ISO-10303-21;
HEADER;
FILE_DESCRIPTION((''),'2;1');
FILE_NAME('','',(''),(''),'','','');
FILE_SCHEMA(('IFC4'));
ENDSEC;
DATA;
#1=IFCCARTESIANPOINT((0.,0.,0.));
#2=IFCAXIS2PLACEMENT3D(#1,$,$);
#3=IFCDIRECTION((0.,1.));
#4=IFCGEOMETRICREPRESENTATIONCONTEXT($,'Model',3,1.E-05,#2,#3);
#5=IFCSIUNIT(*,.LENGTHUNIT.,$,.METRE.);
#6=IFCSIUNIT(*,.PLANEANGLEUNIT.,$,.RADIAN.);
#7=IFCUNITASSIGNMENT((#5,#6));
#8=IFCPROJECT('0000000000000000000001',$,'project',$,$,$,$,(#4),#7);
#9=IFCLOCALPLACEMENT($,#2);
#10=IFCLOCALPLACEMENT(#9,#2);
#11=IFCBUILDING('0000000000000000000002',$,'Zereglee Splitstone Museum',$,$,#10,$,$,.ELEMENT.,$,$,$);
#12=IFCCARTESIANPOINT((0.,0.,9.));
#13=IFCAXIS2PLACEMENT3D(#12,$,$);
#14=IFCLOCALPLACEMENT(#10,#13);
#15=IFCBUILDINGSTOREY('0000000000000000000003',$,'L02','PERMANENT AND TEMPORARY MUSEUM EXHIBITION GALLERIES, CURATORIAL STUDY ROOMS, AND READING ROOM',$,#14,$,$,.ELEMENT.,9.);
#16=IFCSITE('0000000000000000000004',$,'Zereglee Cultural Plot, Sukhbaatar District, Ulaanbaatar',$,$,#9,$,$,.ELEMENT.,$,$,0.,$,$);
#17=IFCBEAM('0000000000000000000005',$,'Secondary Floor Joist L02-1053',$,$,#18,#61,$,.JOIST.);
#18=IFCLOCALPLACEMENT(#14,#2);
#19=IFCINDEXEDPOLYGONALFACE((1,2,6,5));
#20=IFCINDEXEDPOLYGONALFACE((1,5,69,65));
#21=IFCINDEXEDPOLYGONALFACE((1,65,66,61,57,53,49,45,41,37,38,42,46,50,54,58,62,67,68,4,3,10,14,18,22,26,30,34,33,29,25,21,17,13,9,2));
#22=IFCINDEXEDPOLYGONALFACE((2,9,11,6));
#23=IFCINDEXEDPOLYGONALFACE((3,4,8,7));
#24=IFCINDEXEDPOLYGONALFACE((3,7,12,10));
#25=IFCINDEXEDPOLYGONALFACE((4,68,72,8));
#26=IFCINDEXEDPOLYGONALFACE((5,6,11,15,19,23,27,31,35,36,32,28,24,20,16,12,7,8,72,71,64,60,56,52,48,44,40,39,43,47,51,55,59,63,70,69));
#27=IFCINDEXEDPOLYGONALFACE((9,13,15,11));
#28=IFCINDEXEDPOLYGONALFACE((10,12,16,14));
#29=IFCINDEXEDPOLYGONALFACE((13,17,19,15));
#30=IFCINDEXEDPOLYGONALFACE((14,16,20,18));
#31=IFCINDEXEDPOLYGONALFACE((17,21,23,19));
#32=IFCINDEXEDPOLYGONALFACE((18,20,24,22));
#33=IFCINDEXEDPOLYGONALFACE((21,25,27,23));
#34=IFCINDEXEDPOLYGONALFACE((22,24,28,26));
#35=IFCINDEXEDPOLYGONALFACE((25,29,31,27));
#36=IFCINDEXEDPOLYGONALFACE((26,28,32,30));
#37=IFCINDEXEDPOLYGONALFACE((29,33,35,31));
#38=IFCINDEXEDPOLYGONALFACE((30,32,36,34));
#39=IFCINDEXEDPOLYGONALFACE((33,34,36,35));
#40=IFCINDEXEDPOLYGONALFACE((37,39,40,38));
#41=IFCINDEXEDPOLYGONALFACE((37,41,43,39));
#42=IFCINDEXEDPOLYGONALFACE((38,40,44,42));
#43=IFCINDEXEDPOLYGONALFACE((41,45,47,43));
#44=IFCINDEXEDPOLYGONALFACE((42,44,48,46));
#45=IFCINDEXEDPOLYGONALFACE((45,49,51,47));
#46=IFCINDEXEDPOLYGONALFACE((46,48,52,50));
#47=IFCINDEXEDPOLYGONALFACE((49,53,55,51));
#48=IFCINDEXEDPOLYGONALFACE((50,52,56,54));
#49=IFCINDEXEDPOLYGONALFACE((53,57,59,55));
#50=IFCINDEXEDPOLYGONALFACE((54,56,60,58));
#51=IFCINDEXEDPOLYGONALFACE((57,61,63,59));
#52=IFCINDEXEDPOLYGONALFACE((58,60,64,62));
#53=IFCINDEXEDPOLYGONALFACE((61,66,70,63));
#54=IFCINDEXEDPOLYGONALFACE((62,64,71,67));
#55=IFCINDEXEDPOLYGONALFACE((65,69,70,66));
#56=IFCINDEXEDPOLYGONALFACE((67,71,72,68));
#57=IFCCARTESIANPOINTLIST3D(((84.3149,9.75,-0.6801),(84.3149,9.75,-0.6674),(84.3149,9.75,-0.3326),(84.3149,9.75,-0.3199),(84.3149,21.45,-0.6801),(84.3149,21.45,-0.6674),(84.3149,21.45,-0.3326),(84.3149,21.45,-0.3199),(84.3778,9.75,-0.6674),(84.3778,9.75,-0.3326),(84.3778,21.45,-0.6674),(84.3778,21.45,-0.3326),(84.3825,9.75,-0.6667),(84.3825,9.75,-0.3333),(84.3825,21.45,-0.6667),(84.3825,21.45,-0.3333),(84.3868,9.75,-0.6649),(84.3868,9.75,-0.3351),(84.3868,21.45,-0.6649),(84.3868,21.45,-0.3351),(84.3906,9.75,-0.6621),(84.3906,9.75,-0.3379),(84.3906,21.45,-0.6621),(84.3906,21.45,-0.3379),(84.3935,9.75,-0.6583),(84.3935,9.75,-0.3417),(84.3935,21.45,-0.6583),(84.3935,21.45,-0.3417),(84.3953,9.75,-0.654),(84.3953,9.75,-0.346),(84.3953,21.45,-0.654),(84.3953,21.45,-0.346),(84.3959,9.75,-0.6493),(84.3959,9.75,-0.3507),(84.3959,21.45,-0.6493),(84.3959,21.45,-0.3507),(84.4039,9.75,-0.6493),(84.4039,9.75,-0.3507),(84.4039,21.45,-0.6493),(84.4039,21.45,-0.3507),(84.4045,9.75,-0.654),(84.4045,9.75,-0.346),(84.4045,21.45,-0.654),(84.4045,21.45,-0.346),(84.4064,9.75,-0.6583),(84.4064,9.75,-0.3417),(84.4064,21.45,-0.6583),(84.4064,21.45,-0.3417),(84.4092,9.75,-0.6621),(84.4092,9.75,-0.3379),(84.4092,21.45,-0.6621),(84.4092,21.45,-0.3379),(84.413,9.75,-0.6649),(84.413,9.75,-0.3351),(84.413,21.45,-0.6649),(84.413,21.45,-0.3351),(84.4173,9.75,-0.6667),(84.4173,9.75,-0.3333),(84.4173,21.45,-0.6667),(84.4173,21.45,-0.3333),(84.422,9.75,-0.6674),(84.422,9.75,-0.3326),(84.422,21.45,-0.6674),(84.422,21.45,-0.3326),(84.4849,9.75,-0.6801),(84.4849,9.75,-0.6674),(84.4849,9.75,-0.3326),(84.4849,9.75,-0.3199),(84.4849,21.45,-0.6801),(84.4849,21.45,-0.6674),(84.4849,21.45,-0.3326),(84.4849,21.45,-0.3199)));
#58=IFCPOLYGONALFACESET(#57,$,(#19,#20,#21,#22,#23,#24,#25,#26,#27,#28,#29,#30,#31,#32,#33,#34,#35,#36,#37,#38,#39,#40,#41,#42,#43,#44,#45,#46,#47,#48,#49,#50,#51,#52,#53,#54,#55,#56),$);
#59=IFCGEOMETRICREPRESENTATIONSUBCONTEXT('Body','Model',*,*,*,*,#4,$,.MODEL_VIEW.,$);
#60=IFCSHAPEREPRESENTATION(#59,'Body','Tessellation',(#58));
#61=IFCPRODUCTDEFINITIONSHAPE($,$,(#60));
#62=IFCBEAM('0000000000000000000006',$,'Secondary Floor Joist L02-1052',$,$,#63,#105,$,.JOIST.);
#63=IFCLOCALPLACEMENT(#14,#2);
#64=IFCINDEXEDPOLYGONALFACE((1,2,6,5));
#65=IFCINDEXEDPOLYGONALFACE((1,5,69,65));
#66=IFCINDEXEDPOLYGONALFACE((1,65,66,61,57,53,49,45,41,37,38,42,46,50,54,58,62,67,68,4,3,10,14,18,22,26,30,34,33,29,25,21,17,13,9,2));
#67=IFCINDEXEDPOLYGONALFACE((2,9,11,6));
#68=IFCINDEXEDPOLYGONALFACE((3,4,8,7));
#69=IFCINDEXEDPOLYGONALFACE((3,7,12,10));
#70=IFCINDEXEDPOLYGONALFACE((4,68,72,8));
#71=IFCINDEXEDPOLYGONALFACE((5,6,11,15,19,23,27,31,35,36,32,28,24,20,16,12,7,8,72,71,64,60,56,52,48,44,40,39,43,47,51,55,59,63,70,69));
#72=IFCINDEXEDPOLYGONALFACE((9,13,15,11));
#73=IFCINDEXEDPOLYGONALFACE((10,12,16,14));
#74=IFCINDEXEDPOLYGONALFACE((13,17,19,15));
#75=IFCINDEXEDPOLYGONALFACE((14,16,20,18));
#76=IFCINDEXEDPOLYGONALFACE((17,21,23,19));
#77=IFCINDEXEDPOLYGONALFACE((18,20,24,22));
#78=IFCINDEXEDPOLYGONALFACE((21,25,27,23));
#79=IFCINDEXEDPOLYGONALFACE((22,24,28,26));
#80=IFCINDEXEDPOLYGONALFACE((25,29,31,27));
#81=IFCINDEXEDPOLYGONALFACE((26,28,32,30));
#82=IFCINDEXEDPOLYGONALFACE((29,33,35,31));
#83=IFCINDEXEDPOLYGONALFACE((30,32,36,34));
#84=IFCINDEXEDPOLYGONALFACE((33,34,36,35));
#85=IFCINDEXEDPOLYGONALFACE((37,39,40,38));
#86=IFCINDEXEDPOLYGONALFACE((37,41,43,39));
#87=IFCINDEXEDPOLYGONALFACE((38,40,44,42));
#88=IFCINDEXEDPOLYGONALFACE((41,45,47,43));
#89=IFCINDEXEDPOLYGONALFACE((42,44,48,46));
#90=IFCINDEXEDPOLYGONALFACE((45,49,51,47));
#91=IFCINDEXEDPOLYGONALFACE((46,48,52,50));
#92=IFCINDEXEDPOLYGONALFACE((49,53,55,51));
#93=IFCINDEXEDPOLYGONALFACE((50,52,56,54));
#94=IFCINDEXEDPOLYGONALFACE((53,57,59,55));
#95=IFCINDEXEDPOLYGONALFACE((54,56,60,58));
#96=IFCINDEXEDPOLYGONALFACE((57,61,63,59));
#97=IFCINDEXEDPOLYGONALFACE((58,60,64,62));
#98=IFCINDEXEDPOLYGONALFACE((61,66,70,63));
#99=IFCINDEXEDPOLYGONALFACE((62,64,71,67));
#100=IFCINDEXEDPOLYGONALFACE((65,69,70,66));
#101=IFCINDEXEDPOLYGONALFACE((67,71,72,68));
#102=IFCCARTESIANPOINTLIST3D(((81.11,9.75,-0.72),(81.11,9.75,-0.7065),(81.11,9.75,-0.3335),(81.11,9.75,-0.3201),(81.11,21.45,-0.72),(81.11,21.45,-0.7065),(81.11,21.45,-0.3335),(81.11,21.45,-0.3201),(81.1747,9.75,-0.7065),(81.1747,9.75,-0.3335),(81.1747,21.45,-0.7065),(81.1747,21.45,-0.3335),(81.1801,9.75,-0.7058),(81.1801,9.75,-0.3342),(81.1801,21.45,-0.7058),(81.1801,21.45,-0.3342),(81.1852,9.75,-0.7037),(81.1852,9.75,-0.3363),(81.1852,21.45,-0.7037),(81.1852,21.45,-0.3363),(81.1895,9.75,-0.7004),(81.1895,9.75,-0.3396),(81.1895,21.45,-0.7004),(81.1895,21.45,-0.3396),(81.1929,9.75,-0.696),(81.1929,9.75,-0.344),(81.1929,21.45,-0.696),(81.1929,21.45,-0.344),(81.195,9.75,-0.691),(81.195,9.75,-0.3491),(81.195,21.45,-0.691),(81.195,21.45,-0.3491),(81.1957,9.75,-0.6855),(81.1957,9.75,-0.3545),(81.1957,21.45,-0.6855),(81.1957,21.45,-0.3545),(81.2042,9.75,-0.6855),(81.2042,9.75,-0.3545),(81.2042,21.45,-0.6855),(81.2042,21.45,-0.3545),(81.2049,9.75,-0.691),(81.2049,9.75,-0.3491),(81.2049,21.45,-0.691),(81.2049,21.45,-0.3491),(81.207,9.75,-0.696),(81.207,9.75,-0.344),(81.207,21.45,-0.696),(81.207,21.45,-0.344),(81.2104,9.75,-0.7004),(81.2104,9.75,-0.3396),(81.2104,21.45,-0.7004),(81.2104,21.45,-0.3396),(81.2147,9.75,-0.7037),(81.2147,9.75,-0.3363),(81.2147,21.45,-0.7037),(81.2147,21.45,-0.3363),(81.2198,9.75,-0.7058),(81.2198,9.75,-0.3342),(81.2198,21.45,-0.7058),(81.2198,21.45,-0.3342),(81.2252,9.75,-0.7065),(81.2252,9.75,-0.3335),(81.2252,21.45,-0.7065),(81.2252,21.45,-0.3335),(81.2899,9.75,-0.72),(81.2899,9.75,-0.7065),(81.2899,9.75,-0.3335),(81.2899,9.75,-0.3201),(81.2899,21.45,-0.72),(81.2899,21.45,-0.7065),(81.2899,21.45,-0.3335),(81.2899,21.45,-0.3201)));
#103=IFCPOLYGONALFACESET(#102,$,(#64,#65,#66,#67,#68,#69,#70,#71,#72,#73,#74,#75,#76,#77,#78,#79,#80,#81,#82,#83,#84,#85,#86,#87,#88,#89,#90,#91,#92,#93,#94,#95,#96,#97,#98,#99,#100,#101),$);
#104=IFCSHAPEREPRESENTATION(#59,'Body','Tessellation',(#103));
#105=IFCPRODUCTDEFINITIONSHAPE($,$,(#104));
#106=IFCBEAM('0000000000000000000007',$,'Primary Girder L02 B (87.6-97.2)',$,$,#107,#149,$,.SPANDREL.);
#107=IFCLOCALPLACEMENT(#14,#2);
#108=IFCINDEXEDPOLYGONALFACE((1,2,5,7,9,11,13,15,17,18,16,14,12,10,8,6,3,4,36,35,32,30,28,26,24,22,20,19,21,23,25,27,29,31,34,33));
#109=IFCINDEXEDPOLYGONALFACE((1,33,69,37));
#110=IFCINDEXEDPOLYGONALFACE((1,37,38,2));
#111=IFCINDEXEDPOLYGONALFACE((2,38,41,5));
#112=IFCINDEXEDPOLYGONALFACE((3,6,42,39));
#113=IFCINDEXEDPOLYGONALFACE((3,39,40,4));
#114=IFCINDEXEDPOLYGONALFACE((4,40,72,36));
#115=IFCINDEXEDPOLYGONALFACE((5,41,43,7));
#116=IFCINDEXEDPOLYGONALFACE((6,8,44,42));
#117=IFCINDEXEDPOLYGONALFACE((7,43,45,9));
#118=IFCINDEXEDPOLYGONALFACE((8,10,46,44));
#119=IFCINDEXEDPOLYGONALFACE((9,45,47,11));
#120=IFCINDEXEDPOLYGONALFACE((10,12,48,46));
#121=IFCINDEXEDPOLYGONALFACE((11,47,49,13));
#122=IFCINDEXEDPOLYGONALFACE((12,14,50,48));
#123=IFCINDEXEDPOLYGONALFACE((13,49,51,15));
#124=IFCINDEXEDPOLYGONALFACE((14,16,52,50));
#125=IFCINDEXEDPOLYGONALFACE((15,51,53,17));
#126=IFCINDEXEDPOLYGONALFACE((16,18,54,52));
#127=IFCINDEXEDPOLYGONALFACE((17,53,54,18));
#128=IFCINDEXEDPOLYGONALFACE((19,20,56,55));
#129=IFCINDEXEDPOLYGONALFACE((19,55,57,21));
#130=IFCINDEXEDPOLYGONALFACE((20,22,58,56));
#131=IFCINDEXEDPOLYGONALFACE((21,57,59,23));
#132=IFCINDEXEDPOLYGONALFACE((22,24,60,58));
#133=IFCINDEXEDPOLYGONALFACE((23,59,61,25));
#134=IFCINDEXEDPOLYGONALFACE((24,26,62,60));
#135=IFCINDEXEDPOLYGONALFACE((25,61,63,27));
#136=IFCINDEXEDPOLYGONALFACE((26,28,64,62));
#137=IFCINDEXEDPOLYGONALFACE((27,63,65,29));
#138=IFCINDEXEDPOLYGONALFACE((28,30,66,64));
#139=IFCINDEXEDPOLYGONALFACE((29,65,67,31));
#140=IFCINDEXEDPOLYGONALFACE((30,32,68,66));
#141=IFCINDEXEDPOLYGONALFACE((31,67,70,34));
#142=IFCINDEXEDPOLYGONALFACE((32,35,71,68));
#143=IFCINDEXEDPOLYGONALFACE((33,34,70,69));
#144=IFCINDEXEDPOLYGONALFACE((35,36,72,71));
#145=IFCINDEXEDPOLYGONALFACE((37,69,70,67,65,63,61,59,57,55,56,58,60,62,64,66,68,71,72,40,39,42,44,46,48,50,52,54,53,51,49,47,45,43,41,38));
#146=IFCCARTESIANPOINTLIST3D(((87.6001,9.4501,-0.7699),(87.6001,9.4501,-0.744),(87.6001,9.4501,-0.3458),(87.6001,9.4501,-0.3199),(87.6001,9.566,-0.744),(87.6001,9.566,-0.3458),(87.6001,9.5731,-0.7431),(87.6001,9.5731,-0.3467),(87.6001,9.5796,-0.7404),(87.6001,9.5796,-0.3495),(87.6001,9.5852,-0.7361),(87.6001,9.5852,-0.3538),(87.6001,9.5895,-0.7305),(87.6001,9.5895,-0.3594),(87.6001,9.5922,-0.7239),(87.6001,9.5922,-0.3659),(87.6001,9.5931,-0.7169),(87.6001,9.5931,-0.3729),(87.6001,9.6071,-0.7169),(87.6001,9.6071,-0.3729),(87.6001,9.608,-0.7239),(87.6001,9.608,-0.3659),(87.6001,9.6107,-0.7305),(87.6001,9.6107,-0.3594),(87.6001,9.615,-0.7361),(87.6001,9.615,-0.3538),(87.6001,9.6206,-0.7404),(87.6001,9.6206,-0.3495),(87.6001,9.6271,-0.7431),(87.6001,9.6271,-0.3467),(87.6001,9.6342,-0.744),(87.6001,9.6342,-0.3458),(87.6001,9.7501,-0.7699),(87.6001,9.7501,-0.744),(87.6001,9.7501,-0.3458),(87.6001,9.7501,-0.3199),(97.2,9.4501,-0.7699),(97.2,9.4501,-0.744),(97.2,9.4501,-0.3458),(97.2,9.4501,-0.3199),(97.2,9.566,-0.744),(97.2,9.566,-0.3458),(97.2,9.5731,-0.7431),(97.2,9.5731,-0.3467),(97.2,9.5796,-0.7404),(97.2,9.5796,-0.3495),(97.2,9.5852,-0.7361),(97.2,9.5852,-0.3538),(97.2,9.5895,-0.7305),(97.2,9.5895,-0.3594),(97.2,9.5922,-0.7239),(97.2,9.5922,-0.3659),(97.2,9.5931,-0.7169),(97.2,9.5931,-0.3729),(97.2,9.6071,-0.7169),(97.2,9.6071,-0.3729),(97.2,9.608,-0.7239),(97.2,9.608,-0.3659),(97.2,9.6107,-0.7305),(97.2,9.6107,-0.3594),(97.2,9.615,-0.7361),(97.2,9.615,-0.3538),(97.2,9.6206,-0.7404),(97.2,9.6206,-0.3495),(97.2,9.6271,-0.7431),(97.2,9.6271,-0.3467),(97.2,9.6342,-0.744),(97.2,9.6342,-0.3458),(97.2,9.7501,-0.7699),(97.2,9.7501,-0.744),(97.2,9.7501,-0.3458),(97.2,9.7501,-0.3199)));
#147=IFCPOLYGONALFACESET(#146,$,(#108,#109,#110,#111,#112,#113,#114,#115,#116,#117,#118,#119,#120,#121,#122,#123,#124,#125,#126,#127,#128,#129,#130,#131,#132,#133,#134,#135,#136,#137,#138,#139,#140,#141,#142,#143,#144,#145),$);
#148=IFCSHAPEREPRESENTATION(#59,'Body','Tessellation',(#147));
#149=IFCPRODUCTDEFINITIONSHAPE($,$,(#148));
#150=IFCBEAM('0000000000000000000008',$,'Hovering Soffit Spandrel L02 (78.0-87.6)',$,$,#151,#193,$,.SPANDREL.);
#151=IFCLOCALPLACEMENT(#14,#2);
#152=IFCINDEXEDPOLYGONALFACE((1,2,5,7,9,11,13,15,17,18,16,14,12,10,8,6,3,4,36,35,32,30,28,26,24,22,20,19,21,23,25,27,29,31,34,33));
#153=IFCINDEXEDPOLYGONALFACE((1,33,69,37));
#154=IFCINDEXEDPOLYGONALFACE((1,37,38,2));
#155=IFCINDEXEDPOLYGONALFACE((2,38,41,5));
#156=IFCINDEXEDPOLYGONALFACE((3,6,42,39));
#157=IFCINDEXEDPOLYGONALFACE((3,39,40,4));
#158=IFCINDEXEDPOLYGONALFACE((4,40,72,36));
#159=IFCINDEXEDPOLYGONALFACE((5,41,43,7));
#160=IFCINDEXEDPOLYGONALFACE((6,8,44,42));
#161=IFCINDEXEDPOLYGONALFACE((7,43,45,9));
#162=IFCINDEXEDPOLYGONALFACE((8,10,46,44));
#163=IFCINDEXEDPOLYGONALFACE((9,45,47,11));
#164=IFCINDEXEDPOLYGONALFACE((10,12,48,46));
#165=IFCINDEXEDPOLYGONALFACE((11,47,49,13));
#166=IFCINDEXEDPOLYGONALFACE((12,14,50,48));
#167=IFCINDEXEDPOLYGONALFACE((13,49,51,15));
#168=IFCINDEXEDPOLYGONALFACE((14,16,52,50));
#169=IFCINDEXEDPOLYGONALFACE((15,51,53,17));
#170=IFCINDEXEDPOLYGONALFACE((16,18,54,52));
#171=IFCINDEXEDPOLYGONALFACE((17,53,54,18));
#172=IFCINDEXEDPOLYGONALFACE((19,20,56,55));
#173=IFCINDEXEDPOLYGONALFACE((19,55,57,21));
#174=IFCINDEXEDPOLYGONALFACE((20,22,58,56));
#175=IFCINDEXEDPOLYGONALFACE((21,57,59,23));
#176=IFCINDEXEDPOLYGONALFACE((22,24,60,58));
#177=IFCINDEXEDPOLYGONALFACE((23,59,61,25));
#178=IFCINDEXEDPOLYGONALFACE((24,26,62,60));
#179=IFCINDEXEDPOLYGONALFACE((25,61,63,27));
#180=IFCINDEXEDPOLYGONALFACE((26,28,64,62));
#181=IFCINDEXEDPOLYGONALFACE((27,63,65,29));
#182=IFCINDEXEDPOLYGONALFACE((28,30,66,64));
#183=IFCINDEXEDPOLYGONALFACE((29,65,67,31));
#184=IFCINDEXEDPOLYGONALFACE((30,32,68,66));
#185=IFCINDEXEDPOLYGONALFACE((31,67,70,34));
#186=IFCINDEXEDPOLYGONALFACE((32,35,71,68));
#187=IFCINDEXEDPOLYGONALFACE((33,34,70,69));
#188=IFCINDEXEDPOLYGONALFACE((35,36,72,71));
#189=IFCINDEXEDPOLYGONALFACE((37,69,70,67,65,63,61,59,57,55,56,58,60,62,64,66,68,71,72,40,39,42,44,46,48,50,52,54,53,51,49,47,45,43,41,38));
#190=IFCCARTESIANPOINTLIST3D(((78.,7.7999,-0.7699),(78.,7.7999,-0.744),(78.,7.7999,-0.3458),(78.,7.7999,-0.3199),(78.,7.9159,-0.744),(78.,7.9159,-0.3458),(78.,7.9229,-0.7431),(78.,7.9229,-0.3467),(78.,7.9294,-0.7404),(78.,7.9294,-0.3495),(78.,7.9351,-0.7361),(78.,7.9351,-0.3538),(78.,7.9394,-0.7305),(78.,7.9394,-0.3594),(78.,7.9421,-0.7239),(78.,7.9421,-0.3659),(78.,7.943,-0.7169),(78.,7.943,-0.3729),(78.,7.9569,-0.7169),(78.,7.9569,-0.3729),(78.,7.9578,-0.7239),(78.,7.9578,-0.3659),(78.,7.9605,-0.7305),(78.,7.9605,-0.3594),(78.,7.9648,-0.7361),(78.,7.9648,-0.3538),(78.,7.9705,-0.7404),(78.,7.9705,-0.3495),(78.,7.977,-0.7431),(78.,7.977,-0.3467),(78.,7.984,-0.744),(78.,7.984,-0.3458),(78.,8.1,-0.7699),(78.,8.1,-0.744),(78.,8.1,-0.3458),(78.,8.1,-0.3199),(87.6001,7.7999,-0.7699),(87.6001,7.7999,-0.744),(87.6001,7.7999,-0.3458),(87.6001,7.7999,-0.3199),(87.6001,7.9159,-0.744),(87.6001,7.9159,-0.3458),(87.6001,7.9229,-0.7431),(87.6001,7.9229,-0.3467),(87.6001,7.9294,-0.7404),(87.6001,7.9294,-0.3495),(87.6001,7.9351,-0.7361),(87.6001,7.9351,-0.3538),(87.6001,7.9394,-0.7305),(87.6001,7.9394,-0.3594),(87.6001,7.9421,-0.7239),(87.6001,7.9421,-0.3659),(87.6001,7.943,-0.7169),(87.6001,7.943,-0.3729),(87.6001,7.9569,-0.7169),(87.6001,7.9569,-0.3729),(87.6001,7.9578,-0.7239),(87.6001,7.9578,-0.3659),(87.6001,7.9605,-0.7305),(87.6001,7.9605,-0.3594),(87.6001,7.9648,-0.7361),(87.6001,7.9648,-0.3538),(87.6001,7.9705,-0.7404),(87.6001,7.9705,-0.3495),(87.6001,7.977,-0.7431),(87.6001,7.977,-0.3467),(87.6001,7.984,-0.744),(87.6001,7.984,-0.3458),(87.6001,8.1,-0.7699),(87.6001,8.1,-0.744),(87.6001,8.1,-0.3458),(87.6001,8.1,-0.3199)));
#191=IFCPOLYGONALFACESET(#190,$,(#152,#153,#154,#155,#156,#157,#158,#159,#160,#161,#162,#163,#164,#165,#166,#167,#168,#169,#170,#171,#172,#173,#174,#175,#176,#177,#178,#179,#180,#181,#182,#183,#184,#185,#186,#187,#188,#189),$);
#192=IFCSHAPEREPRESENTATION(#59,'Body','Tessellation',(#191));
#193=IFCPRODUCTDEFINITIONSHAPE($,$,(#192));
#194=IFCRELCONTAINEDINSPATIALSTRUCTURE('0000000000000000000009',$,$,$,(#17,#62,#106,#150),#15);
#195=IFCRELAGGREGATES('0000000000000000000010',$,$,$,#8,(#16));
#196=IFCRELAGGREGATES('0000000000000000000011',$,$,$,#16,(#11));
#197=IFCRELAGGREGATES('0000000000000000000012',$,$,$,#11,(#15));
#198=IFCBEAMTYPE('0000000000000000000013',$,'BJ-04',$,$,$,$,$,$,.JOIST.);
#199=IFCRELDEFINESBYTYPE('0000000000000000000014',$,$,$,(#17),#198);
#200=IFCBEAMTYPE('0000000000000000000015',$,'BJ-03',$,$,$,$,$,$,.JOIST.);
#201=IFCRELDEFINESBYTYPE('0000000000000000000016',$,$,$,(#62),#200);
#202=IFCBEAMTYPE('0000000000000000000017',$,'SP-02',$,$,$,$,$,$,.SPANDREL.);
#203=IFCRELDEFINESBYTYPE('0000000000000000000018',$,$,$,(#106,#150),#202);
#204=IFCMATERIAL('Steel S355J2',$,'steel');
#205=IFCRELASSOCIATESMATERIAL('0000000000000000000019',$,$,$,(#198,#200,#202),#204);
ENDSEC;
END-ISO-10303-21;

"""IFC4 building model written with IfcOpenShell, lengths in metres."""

from ifc_helpers import new_model, si_unit, direction, frame, origin, origin_2d, place, context, subcontext, project, spatial, i_section, extrude, material, material_profile, profile_set, type_object, element, save


model = new_model("IFC4")

# Units and contexts
model_context = context("Model", 3, precision=1e-05, world=origin(), true_north=direction((0.0, 1.0)))
body_context = subcontext(model_context, "Body", "Model", "MODEL_VIEW")
ifc_project = project(units=[si_unit("LENGTHUNIT", "METRE"), si_unit("PLANEANGLEUNIT", "RADIAN")], contexts=[model_context])

# Site, building, storey
site_placement = place(None, origin())
site = spatial("IfcSite", under=ifc_project, at=site_placement, Name="Zereglee Cultural Plot, Sukhbaatar District, Ulaanbaatar", CompositionType="ELEMENT", RefElevation=0.0)
building_placement = place(site_placement, origin())
building = spatial("IfcBuilding", under=site, at=building_placement, Name="Zereglee Splitstone Museum", CompositionType="ELEMENT")
storey_placement = place(building_placement, frame((0.0, 0.0, 9.0)))
storey = spatial("IfcBuildingStorey", under=building, at=storey_placement, Name="L02", Description="PERMANENT AND TEMPORARY MUSEUM EXHIBITION GALLERIES, CURATORIAL STUDY ROOMS, AND READING ROOM", CompositionType="ELEMENT", Elevation=9.0)

# Shared definitions
ifc_material_1 = material(Name="Steel S355J2", Category="steel")

# Beams
ifc_material_profile_1 = material_profile(ifc_material_1, i_section(OverallWidth=0.1699, OverallDepth=0.3601, WebThickness=0.0081, FlangeThickness=0.0127, FilletRadius=0.0181, at=origin_2d()), Name="IPE 360")
ifc_profile_set_1 = profile_set([ifc_material_profile_1], Name="Steel S355J2")
beam_type_1 = type_object("IfcBeamType", Name="BJ-04", PredefinedType="JOIST", material=ifc_profile_set_1)
beam_1_placement = place(storey_placement, frame((84.3999, 9.75, -0.5), z_axis=(0.0, 1.0, 0.0), x_axis=(-1.0, 0.0, 0.0)))
element("IfcBeam", 1, at=beam_1_placement, inside=storey, type_object=beam_type_1, Name="Secondary Floor Joist L02-1053", PredefinedType="JOIST", context=body_context, shape_type="SweptSolid", body=[
    extrude(i_section(OverallWidth=0.1699, OverallDepth=0.3601, WebThickness=0.0081, FlangeThickness=0.0127, FilletRadius=0.0181, at=origin_2d()), origin(), (0.0, 0.0, 1.0), 11.7),
])
ifc_material_profile_2 = material_profile(ifc_material_1, i_section(OverallWidth=0.1799, OverallDepth=0.3999, WebThickness=0.0085, FlangeThickness=0.0134, FilletRadius=0.021, at=origin_2d()), Name="IPE 400")
ifc_profile_set_2 = profile_set([ifc_material_profile_2], Name="Steel S355J2")
beam_type_2 = type_object("IfcBeamType", Name="BJ-03", PredefinedType="JOIST", material=ifc_profile_set_2)
beam_2_placement = place(storey_placement, frame((81.2, 9.75, -0.52), z_axis=(0.0, 1.0, 0.0), x_axis=(-1.0, 0.0, 0.0)))
element("IfcBeam", 2, at=beam_2_placement, inside=storey, type_object=beam_type_2, Name="Secondary Floor Joist L02-1052", PredefinedType="JOIST", context=body_context, shape_type="SweptSolid", body=[
    extrude(i_section(OverallWidth=0.1799, OverallDepth=0.3999, WebThickness=0.0085, FlangeThickness=0.0134, FilletRadius=0.021, at=origin_2d()), origin(), (0.0, 0.0, 1.0), 11.7),
])
ifc_material_profile_3 = material_profile(ifc_material_1, i_section(OverallWidth=0.3, OverallDepth=0.45, WebThickness=0.0139, FlangeThickness=0.0259, FilletRadius=0.0271, at=origin_2d()), Name="HE 450 B")
ifc_profile_set_3 = profile_set([ifc_material_profile_3], Name="Steel S355J2")
beam_type_3 = type_object("IfcBeamType", Name="SP-02", PredefinedType="SPANDREL", material=ifc_profile_set_3)
beam_3_placement = place(storey_placement, frame((87.6001, 9.6001, -0.5449), z_axis=(1.0, 0.0, 0.0), x_axis=(0.0, 1.0, 0.0)))
element("IfcBeam", 3, at=beam_3_placement, inside=storey, type_object=beam_type_3, Name="Primary Girder L02 B (87.6-97.2)", PredefinedType="SPANDREL", context=body_context, shape_type="SweptSolid", body=[
    extrude(i_section(OverallWidth=0.3, OverallDepth=0.45, WebThickness=0.0139, FlangeThickness=0.0259, FilletRadius=0.0271, at=origin_2d()), origin(), (0.0, 0.0, 1.0), 9.5999),
])
beam_4_placement = place(storey_placement, frame((78.0, 7.95, -0.5449), z_axis=(1.0, 0.0, 0.0), x_axis=(0.0, 1.0, 0.0)))
element("IfcBeam", 4, at=beam_4_placement, inside=storey, type_object=beam_type_3, Name="Hovering Soffit Spandrel L02 (78.0-87.6)", PredefinedType="SPANDREL", context=body_context, shape_type="SweptSolid", body=[
    extrude(i_section(OverallWidth=0.3, OverallDepth=0.45, WebThickness=0.0139, FlangeThickness=0.0259, FilletRadius=0.0271, at=origin_2d()), origin(), (0.0, 0.0, 1.0), 9.6001),
])

save(model, "model.ifc")
